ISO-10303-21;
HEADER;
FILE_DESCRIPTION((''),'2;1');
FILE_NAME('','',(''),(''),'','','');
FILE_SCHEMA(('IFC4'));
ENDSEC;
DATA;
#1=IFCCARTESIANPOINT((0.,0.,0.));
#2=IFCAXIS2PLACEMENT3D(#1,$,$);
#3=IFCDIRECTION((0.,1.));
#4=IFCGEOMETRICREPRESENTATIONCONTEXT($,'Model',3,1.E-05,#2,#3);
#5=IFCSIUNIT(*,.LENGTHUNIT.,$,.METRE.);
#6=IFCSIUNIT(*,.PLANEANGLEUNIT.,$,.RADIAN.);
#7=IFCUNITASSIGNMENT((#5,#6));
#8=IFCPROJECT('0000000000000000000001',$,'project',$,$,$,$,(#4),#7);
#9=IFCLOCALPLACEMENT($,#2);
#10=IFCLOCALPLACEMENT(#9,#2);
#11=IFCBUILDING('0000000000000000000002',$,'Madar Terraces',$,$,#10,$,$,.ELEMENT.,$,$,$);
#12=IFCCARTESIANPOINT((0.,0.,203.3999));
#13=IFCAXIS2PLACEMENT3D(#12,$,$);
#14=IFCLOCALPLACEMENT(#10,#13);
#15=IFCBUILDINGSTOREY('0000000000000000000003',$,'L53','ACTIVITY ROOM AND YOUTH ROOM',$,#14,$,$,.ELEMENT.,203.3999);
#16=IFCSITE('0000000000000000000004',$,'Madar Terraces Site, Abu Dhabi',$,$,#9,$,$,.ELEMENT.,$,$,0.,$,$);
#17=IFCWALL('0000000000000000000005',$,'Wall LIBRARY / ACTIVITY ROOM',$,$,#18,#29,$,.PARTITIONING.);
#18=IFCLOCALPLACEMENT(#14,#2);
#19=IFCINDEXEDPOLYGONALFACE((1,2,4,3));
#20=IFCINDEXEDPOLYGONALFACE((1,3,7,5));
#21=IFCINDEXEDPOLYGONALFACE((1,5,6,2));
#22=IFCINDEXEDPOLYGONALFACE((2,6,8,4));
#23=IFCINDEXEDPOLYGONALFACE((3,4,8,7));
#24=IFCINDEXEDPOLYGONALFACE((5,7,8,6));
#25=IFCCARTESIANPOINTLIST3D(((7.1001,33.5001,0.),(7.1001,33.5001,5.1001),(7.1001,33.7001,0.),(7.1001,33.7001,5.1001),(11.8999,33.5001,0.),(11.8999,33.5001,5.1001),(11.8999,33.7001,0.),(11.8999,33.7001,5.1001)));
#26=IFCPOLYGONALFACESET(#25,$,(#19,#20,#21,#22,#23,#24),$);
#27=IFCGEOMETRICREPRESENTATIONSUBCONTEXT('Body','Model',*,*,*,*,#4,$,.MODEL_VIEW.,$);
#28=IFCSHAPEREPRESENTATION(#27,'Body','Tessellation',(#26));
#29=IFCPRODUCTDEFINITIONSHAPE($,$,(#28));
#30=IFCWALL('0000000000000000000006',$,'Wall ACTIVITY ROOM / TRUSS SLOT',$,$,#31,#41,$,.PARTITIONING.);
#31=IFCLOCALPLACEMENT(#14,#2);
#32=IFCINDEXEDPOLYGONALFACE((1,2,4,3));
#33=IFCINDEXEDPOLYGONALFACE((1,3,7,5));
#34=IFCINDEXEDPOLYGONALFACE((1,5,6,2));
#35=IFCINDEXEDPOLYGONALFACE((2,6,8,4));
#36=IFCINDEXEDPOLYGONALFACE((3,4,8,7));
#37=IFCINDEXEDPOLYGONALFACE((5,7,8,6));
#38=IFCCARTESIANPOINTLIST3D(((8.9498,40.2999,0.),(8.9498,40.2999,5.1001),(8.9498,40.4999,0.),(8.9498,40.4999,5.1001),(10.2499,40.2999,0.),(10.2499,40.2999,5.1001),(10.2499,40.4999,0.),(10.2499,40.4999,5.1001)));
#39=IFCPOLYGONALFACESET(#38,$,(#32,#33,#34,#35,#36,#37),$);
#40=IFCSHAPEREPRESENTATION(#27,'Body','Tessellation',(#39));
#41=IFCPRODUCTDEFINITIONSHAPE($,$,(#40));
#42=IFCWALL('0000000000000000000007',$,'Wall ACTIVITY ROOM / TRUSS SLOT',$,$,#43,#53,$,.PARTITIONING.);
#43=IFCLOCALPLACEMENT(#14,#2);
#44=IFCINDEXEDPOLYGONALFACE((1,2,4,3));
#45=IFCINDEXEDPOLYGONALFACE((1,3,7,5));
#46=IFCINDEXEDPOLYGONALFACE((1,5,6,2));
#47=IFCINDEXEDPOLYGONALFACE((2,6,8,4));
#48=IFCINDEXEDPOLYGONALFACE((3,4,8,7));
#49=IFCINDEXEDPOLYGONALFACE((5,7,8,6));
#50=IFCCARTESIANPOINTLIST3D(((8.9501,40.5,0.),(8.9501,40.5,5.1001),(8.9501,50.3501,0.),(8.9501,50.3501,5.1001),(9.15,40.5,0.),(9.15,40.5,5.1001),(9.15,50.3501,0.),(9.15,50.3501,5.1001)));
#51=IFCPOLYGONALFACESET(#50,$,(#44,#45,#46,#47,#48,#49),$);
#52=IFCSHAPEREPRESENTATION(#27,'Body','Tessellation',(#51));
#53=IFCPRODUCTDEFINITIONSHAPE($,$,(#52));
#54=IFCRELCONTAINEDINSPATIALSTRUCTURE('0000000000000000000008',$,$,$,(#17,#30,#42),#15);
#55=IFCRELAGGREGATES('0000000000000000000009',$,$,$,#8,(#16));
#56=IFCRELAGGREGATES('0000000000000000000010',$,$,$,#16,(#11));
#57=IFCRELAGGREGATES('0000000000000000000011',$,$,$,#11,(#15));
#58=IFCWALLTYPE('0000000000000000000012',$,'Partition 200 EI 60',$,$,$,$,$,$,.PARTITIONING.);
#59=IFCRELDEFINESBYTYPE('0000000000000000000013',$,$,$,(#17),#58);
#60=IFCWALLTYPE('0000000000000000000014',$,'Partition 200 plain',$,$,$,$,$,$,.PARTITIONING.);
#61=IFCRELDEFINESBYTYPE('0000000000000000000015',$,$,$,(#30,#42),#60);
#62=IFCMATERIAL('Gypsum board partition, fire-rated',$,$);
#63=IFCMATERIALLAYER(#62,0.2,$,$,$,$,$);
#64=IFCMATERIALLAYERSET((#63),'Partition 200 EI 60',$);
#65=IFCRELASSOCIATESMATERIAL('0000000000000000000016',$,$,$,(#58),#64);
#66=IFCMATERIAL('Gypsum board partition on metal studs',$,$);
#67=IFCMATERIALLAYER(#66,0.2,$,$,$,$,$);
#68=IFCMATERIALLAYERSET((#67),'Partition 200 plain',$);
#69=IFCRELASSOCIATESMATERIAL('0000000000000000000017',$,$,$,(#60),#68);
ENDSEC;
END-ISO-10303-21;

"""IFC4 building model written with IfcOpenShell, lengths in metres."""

from ifc_helpers import new_model, si_unit, direction, frame, frame_2d, origin, place, context, subcontext, project, spatial, rectangle, extrude, material, layer, layer_set, type_object, element, save


model = new_model("IFC4")

# Units and contexts
model_context = context("Model", 3, precision=1e-05, world=origin(), true_north=direction((0.0, 1.0)))
body_context = subcontext(model_context, "Body", "Model", "MODEL_VIEW")
ifc_project = project(units=[si_unit("LENGTHUNIT", "METRE"), si_unit("PLANEANGLEUNIT", "RADIAN")], contexts=[model_context])

# Site, building, storey
site_placement = place(None, origin())
site = spatial("IfcSite", under=ifc_project, at=site_placement, Name="Madar Terraces Site, Abu Dhabi", CompositionType="ELEMENT", RefElevation=0.0)
building_placement = place(site_placement, origin())
building = spatial("IfcBuilding", under=site, at=building_placement, Name="Madar Terraces", CompositionType="ELEMENT")
storey_placement = place(building_placement, frame((0.0, 0.0, 203.3999)))
storey = spatial("IfcBuildingStorey", under=building, at=storey_placement, Name="L53", Description="ACTIVITY ROOM AND YOUTH ROOM", CompositionType="ELEMENT", Elevation=203.3999)

# Walls
ifc_material_1 = material(Name="Gypsum board partition, fire-rated")
ifc_layer_1 = layer(ifc_material_1, 0.2)
ifc_layer_set_1 = layer_set([ifc_layer_1], Name="Partition 200 EI 60")
wall_type_1 = type_object("IfcWallType", Name="Partition 200 EI 60", PredefinedType="PARTITIONING", material=ifc_layer_set_1)
wall_1_placement = place(storey_placement, frame((7.1001, 33.6001, 0.0), z_axis=(0.0, 0.0, 1.0), x_axis=(1.0, 0.0, 0.0)))
element("IfcWall", 1, at=wall_1_placement, inside=storey, type_object=wall_type_1, Name="Wall LIBRARY / ACTIVITY ROOM", PredefinedType="PARTITIONING", context=body_context, shape_type="SweptSolid", body=[
    extrude(rectangle(XDim=4.7998, YDim=0.2, at=frame_2d((2.3999, 0.0))), origin(), (0.0, 0.0, 1.0), 5.1001),
])
ifc_material_2 = material(Name="Gypsum board partition on metal studs")
ifc_layer_2 = layer(ifc_material_2, 0.2)
ifc_layer_set_2 = layer_set([ifc_layer_2], Name="Partition 200 plain")
wall_type_2 = type_object("IfcWallType", Name="Partition 200 plain", PredefinedType="PARTITIONING", material=ifc_layer_set_2)
wall_2_placement = place(storey_placement, frame((8.95, 40.3999, 0.0), z_axis=(0.0, 0.0, 1.0), x_axis=(1.0, 0.0, 0.0)))
element("IfcWall", 2, at=wall_2_placement, inside=storey, type_object=wall_type_2, Name="Wall ACTIVITY ROOM / TRUSS SLOT", PredefinedType="PARTITIONING", context=body_context, shape_type="SweptSolid", body=[
    extrude(rectangle(XDim=1.3, YDim=0.2, at=frame_2d((0.6499, 0.0))), origin(), (0.0, 0.0, 1.0), 5.1001),
])
wall_3_placement = place(storey_placement, frame((9.05, 40.5, 0.0), z_axis=(0.0, 0.0, 1.0), x_axis=(0.0, 1.0, 0.0)))
element("IfcWall", 3, at=wall_3_placement, inside=storey, type_object=wall_type_2, Name="Wall ACTIVITY ROOM / TRUSS SLOT", PredefinedType="PARTITIONING", context=body_context, shape_type="SweptSolid", body=[
    extrude(rectangle(XDim=9.8501, YDim=0.2, at=frame_2d((4.925, 0.0))), origin(), (0.0, 0.0, 1.0), 5.1001),
])

save(model, "model.ifc")
